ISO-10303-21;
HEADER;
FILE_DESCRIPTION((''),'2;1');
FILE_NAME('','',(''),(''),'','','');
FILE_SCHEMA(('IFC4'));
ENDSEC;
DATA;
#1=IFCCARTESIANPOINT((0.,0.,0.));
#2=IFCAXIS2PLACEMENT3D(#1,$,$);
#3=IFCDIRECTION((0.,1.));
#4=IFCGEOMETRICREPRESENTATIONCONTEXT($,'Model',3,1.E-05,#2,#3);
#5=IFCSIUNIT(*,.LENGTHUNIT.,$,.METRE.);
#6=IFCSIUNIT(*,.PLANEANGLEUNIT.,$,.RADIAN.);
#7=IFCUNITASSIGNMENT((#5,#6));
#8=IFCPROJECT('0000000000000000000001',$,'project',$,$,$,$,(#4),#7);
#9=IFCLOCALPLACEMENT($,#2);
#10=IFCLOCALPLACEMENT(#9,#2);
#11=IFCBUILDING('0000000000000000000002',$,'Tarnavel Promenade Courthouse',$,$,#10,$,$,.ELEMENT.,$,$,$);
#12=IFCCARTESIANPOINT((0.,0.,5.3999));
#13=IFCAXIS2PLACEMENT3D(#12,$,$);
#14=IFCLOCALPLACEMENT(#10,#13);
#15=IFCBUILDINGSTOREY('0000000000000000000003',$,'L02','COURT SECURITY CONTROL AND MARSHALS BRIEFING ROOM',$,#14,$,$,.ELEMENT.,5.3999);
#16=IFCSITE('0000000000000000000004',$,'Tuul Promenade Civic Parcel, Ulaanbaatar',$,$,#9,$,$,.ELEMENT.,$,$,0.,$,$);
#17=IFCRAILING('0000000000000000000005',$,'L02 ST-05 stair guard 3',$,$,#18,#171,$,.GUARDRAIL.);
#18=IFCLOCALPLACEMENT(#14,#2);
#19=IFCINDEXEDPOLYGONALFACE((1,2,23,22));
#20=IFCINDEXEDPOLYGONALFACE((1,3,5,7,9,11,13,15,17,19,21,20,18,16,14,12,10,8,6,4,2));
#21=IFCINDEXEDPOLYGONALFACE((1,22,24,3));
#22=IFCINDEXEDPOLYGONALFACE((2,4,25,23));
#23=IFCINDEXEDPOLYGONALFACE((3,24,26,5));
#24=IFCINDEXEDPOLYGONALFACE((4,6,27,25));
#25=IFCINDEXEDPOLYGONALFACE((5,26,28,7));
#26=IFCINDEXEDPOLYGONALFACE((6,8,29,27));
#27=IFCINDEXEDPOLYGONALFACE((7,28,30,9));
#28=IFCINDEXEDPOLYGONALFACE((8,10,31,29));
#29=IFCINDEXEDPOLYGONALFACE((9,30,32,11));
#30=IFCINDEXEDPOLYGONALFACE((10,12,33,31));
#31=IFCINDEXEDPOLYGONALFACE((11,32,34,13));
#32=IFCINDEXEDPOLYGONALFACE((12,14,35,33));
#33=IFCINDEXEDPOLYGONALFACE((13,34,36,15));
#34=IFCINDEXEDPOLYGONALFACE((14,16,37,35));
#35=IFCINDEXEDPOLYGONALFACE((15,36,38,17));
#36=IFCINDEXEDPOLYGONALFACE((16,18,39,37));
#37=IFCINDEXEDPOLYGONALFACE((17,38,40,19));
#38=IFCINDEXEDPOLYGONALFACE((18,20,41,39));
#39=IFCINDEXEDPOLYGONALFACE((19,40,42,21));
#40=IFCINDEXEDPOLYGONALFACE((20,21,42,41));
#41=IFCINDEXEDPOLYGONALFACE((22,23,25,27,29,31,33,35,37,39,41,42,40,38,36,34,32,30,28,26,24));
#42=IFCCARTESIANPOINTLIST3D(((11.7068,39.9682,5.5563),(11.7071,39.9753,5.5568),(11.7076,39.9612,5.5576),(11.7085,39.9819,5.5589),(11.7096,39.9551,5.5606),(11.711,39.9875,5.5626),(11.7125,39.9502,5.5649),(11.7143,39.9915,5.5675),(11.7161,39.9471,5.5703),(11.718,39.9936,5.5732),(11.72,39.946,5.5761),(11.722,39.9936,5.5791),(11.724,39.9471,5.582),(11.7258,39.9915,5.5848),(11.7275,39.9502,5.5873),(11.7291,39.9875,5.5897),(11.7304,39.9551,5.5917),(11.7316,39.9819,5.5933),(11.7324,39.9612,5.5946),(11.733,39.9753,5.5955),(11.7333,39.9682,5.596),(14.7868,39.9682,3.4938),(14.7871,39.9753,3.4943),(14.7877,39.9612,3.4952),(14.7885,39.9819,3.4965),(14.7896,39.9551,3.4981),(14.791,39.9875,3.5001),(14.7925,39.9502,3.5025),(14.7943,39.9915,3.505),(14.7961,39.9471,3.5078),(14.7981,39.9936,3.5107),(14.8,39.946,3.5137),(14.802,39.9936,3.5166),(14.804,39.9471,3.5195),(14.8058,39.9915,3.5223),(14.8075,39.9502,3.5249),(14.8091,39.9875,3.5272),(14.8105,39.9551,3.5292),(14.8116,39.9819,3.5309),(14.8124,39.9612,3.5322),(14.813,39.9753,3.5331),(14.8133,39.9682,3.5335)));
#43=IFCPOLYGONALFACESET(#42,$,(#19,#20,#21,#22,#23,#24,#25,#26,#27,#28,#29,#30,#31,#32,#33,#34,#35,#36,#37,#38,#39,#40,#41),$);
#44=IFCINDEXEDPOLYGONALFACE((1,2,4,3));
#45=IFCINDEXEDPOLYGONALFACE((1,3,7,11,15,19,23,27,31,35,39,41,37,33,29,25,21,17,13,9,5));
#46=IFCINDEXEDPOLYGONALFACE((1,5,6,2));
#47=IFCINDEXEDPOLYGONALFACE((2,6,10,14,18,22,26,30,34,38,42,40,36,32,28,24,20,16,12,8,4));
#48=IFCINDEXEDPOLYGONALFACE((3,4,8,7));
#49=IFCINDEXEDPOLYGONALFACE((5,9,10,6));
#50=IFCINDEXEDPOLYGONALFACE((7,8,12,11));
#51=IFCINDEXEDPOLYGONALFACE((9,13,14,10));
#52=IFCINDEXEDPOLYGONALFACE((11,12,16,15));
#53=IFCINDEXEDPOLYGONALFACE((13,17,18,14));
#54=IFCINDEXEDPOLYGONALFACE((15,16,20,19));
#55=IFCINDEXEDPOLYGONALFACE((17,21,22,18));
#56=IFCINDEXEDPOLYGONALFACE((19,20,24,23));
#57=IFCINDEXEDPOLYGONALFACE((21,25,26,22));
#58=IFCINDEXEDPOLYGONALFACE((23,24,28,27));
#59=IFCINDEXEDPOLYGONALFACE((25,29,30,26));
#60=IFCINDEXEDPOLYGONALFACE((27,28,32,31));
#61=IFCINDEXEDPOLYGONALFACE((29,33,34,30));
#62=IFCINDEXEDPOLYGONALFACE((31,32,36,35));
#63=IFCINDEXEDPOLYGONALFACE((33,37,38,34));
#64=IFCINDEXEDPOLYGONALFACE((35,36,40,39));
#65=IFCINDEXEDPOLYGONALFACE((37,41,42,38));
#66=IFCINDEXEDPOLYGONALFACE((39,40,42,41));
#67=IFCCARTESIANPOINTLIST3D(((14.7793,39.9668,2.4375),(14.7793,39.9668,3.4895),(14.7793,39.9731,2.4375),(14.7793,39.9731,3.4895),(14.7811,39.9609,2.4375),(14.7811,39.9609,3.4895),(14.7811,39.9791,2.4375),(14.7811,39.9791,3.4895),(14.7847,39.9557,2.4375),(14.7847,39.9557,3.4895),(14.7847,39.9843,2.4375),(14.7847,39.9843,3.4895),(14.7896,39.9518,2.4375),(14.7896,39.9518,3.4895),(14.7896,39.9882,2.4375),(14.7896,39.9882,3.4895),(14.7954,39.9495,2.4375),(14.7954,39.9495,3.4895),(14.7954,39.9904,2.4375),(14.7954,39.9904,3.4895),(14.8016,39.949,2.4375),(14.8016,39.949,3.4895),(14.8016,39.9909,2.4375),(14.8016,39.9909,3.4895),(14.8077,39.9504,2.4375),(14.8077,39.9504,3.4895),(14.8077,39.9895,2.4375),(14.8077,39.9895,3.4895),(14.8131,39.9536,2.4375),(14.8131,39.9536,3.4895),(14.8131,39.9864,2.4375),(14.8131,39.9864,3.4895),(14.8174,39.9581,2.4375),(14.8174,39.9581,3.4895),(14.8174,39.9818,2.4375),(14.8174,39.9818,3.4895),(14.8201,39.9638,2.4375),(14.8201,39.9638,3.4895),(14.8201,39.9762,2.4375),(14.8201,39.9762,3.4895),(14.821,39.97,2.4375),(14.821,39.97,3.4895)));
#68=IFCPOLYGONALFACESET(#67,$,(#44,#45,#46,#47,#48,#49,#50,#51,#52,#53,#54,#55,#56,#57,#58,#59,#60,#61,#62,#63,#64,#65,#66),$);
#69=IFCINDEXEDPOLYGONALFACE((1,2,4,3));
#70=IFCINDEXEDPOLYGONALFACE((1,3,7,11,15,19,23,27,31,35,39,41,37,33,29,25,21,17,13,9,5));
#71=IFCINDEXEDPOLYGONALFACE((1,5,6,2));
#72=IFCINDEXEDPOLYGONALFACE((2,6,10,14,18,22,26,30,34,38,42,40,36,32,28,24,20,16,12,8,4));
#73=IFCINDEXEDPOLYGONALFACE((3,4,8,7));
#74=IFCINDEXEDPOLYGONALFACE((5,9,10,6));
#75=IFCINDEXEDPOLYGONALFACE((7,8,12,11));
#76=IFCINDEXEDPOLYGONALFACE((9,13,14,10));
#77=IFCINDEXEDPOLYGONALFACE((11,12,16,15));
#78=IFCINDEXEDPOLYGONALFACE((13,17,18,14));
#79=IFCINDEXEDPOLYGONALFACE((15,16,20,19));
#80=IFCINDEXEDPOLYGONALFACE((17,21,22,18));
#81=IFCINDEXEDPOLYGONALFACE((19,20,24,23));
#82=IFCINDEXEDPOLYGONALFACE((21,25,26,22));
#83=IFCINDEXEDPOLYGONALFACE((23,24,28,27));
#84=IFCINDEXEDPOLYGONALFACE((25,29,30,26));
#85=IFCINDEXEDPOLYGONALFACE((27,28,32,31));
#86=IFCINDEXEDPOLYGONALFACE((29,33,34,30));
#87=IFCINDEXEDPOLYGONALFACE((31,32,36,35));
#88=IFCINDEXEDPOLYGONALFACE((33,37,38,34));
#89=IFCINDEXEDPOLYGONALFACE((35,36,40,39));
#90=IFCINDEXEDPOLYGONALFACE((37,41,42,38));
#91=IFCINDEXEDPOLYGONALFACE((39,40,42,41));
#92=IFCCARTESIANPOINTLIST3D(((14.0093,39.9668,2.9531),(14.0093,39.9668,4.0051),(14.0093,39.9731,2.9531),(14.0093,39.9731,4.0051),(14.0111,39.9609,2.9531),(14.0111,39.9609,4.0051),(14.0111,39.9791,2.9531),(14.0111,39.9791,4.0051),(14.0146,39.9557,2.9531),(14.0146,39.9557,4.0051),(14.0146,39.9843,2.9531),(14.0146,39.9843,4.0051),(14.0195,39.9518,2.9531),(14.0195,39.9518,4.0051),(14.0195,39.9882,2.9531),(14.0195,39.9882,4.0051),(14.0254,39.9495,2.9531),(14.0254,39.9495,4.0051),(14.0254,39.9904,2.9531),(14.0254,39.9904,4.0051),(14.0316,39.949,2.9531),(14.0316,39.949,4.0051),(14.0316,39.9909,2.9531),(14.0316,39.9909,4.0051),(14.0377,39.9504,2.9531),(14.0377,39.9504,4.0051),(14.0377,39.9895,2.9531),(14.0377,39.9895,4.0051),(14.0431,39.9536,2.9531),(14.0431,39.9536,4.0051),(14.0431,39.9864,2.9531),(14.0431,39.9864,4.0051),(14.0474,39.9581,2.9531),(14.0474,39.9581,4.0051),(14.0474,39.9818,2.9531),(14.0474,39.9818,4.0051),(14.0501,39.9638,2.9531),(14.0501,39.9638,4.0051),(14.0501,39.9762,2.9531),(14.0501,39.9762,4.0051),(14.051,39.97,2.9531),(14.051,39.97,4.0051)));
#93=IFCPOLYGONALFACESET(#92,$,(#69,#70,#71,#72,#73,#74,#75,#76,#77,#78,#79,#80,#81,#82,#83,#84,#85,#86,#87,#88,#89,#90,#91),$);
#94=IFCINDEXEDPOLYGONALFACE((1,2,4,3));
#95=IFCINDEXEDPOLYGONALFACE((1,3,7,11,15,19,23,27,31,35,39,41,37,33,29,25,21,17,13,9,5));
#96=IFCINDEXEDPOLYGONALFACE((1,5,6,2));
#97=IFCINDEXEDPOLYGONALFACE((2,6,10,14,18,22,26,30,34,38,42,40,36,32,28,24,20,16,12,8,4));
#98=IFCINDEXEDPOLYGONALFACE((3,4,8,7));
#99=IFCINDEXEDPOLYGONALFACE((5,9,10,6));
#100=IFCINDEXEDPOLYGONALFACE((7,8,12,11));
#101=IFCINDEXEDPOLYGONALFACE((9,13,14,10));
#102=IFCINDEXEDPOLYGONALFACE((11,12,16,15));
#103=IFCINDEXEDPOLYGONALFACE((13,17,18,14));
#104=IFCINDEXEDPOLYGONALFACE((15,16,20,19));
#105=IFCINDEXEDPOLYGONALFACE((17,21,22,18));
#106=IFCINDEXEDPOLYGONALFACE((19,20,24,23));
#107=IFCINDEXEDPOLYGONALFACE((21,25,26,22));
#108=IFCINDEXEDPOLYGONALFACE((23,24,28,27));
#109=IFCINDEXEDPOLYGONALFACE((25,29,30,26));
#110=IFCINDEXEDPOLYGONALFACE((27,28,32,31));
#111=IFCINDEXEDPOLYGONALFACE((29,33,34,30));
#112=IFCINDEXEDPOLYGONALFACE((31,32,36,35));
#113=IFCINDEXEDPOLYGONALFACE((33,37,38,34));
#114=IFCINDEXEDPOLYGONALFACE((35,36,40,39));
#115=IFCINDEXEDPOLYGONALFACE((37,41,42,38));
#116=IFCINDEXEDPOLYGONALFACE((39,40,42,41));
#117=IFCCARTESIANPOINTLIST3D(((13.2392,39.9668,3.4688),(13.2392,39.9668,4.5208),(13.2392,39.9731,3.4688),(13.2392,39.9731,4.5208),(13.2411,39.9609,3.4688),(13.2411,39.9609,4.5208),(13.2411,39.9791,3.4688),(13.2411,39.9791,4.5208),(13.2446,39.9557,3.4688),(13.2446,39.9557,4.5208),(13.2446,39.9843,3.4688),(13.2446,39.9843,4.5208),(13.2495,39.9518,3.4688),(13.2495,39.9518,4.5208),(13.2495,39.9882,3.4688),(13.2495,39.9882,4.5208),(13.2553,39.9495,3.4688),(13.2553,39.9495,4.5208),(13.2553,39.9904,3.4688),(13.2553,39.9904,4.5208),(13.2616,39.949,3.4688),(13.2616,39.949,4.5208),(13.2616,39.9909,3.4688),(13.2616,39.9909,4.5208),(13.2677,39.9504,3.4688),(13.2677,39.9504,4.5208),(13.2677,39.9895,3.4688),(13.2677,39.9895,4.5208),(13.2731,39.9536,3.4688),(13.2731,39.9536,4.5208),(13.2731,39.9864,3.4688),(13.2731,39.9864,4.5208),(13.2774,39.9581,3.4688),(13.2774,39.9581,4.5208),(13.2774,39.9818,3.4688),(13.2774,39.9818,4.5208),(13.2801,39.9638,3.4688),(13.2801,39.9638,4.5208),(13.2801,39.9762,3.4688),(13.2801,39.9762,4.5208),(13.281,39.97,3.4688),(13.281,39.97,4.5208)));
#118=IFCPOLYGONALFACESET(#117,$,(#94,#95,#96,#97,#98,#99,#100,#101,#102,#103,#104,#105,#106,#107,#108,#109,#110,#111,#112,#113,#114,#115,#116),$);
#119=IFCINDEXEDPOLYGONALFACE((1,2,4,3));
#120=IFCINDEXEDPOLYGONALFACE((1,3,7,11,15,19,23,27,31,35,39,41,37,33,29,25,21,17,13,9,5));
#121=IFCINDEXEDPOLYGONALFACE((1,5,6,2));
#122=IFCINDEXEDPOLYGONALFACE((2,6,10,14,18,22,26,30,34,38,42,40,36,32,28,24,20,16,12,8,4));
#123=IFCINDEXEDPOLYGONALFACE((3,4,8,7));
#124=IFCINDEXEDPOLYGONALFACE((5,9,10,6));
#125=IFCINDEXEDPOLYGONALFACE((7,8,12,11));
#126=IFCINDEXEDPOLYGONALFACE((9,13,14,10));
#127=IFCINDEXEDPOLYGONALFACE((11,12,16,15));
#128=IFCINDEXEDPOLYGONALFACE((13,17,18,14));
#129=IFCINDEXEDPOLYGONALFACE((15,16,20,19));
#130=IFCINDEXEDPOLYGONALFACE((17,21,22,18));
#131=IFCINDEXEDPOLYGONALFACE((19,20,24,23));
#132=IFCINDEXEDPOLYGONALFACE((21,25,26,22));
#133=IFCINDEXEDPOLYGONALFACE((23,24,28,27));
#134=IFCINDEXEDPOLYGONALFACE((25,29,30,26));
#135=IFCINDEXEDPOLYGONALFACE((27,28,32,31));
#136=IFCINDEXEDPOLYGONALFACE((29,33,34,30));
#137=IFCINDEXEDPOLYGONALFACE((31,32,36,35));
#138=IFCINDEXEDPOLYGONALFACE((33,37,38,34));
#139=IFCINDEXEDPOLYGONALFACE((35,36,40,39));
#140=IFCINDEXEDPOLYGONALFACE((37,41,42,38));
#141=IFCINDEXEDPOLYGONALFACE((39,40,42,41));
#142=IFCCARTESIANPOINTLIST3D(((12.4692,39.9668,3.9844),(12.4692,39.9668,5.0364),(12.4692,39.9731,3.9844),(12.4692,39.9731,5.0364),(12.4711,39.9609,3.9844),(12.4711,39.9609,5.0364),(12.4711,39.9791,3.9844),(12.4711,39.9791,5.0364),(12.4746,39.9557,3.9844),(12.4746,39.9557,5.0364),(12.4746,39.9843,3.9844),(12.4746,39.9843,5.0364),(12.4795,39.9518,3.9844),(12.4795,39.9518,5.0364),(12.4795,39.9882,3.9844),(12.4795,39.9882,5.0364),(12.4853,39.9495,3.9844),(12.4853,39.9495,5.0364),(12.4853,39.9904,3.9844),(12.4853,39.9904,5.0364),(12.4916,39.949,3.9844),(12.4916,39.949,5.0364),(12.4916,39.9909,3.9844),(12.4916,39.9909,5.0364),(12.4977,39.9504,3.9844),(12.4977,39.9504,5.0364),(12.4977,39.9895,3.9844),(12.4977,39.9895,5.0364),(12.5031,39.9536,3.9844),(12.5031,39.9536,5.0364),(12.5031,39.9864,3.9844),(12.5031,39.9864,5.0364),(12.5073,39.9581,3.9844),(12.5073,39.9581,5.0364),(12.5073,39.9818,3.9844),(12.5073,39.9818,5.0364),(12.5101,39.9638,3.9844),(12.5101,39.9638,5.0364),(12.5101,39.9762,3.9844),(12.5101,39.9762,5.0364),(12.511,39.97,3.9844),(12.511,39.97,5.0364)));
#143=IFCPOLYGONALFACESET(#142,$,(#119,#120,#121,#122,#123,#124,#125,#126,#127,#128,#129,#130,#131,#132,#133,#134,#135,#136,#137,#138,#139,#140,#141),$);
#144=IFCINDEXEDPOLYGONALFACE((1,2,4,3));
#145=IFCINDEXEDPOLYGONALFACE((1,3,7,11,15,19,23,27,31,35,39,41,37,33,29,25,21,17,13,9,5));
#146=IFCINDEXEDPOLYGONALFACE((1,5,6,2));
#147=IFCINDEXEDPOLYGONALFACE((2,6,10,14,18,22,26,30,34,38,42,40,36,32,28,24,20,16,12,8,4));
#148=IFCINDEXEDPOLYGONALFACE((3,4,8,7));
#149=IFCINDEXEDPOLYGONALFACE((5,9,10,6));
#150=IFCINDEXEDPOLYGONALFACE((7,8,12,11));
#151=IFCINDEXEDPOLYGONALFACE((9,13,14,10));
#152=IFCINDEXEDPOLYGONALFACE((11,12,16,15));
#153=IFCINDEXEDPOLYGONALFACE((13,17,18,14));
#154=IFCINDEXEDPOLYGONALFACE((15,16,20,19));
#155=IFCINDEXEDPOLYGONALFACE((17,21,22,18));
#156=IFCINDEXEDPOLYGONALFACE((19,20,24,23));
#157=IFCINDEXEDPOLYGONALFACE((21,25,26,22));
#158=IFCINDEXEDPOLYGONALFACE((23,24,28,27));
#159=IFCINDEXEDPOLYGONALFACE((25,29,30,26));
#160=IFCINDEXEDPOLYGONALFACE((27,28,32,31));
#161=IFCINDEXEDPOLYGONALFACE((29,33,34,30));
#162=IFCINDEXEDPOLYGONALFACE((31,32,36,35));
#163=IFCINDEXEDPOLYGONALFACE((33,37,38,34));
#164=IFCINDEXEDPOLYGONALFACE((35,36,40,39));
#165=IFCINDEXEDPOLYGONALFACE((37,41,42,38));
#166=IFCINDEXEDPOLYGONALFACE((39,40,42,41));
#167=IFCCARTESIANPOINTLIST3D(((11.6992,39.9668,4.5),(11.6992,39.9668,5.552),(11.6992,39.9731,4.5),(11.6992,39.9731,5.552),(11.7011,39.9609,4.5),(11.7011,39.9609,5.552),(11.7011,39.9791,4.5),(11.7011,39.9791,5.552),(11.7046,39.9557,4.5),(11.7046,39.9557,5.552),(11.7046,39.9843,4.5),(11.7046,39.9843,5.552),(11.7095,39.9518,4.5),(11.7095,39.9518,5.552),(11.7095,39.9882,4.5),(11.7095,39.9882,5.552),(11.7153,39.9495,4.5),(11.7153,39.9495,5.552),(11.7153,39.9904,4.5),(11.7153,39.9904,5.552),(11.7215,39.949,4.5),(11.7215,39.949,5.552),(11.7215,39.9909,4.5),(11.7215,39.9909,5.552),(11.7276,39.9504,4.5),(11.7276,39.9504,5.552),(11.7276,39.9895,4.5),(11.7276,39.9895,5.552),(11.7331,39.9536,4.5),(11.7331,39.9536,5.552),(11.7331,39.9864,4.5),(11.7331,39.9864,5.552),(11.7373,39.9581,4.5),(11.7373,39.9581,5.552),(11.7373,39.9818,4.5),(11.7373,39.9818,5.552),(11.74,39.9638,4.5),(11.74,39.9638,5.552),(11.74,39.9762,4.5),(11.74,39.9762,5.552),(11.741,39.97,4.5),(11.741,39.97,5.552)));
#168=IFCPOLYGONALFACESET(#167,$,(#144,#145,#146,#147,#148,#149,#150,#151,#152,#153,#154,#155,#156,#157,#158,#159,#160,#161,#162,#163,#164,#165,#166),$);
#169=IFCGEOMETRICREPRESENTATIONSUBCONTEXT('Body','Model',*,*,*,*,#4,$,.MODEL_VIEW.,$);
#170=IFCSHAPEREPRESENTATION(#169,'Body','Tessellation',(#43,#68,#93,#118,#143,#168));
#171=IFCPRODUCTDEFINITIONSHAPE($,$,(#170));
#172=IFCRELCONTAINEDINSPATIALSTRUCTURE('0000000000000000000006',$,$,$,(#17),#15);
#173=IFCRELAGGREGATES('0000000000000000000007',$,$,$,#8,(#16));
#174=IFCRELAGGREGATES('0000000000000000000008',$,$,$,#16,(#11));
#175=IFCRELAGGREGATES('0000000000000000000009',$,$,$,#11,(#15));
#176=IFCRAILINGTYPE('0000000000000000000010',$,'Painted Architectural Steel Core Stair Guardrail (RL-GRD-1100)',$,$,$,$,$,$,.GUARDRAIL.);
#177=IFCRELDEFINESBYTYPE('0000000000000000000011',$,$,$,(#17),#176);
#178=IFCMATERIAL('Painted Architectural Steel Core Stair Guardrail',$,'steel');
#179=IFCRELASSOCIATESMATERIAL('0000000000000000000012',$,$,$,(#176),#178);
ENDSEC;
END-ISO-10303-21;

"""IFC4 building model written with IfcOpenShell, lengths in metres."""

from ifc_helpers import new_model, si_unit, direction, frame, origin, origin_2d, place, context, subcontext, project, spatial, circle, extrude, material, type_object, element, save


model = new_model("IFC4")

# Units and contexts
model_context = context("Model", 3, precision=1e-05, world=origin(), true_north=direction((0.0, 1.0)))
body_context = subcontext(model_context, "Body", "Model", "MODEL_VIEW")
ifc_project = project(units=[si_unit("LENGTHUNIT", "METRE"), si_unit("PLANEANGLEUNIT", "RADIAN")], contexts=[model_context])

# Site, building, storey
site_placement = place(None, origin())
site = spatial("IfcSite", under=ifc_project, at=site_placement, Name="Tuul Promenade Civic Parcel, Ulaanbaatar", CompositionType="ELEMENT", RefElevation=0.0)
building_placement = place(site_placement, origin())
building = spatial("IfcBuilding", under=site, at=building_placement, Name="Tarnavel Promenade Courthouse", CompositionType="ELEMENT")
storey_placement = place(building_placement, frame((0.0, 0.0, 5.3999)))
storey = spatial("IfcBuildingStorey", under=building, at=storey_placement, Name="L02", Description="COURT SECURITY CONTROL AND MARSHALS BRIEFING ROOM", CompositionType="ELEMENT", Elevation=5.3999)

# Railing
ifc_material_1 = material(Name="Painted Architectural Steel Core Stair Guardrail", Category="steel")
railing_type_1 = type_object("IfcRailingType", Name="Painted Architectural Steel Core Stair Guardrail (RL-GRD-1100)", PredefinedType="GUARDRAIL", material=ifc_material_1)
railing_1_placement = place(storey_placement, frame((14.8, 39.97, 2.4375)))
element("IfcRailing", 1, at=railing_1_placement, inside=storey, type_object=railing_type_1, Name="L02 ST-05 stair guard 3", PredefinedType="GUARDRAIL", context=body_context, shape_type="SweptSolid", body=[
    extrude(circle(Radius=0.0239, at=origin_2d()), frame((0.0, 0.0, 1.0762), z_axis=(-0.830914, 0.0, 0.556401), x_axis=(0.0, -1.0, 0.0)), (0.0, 0.0, 1.0), 3.7068),
    extrude(circle(Radius=0.021, at=origin_2d()), origin(), (0.0, 0.0, 1.0), 1.052),
    extrude(circle(Radius=0.021, at=origin_2d()), frame((-0.77, 0.0, 0.5156)), (0.0, 0.0, 1.0), 1.052),
    extrude(circle(Radius=0.021, at=origin_2d()), frame((-1.54, 0.0, 1.0312)), (0.0, 0.0, 1.0), 1.052),
    extrude(circle(Radius=0.021, at=origin_2d()), frame((-2.3101, 0.0, 1.5469)), (0.0, 0.0, 1.0), 1.052),
    extrude(circle(Radius=0.021, at=origin_2d()), frame((-3.0801, 0.0, 2.0625)), (0.0, 0.0, 1.0), 1.052),
])

save(model, "model.ifc")
